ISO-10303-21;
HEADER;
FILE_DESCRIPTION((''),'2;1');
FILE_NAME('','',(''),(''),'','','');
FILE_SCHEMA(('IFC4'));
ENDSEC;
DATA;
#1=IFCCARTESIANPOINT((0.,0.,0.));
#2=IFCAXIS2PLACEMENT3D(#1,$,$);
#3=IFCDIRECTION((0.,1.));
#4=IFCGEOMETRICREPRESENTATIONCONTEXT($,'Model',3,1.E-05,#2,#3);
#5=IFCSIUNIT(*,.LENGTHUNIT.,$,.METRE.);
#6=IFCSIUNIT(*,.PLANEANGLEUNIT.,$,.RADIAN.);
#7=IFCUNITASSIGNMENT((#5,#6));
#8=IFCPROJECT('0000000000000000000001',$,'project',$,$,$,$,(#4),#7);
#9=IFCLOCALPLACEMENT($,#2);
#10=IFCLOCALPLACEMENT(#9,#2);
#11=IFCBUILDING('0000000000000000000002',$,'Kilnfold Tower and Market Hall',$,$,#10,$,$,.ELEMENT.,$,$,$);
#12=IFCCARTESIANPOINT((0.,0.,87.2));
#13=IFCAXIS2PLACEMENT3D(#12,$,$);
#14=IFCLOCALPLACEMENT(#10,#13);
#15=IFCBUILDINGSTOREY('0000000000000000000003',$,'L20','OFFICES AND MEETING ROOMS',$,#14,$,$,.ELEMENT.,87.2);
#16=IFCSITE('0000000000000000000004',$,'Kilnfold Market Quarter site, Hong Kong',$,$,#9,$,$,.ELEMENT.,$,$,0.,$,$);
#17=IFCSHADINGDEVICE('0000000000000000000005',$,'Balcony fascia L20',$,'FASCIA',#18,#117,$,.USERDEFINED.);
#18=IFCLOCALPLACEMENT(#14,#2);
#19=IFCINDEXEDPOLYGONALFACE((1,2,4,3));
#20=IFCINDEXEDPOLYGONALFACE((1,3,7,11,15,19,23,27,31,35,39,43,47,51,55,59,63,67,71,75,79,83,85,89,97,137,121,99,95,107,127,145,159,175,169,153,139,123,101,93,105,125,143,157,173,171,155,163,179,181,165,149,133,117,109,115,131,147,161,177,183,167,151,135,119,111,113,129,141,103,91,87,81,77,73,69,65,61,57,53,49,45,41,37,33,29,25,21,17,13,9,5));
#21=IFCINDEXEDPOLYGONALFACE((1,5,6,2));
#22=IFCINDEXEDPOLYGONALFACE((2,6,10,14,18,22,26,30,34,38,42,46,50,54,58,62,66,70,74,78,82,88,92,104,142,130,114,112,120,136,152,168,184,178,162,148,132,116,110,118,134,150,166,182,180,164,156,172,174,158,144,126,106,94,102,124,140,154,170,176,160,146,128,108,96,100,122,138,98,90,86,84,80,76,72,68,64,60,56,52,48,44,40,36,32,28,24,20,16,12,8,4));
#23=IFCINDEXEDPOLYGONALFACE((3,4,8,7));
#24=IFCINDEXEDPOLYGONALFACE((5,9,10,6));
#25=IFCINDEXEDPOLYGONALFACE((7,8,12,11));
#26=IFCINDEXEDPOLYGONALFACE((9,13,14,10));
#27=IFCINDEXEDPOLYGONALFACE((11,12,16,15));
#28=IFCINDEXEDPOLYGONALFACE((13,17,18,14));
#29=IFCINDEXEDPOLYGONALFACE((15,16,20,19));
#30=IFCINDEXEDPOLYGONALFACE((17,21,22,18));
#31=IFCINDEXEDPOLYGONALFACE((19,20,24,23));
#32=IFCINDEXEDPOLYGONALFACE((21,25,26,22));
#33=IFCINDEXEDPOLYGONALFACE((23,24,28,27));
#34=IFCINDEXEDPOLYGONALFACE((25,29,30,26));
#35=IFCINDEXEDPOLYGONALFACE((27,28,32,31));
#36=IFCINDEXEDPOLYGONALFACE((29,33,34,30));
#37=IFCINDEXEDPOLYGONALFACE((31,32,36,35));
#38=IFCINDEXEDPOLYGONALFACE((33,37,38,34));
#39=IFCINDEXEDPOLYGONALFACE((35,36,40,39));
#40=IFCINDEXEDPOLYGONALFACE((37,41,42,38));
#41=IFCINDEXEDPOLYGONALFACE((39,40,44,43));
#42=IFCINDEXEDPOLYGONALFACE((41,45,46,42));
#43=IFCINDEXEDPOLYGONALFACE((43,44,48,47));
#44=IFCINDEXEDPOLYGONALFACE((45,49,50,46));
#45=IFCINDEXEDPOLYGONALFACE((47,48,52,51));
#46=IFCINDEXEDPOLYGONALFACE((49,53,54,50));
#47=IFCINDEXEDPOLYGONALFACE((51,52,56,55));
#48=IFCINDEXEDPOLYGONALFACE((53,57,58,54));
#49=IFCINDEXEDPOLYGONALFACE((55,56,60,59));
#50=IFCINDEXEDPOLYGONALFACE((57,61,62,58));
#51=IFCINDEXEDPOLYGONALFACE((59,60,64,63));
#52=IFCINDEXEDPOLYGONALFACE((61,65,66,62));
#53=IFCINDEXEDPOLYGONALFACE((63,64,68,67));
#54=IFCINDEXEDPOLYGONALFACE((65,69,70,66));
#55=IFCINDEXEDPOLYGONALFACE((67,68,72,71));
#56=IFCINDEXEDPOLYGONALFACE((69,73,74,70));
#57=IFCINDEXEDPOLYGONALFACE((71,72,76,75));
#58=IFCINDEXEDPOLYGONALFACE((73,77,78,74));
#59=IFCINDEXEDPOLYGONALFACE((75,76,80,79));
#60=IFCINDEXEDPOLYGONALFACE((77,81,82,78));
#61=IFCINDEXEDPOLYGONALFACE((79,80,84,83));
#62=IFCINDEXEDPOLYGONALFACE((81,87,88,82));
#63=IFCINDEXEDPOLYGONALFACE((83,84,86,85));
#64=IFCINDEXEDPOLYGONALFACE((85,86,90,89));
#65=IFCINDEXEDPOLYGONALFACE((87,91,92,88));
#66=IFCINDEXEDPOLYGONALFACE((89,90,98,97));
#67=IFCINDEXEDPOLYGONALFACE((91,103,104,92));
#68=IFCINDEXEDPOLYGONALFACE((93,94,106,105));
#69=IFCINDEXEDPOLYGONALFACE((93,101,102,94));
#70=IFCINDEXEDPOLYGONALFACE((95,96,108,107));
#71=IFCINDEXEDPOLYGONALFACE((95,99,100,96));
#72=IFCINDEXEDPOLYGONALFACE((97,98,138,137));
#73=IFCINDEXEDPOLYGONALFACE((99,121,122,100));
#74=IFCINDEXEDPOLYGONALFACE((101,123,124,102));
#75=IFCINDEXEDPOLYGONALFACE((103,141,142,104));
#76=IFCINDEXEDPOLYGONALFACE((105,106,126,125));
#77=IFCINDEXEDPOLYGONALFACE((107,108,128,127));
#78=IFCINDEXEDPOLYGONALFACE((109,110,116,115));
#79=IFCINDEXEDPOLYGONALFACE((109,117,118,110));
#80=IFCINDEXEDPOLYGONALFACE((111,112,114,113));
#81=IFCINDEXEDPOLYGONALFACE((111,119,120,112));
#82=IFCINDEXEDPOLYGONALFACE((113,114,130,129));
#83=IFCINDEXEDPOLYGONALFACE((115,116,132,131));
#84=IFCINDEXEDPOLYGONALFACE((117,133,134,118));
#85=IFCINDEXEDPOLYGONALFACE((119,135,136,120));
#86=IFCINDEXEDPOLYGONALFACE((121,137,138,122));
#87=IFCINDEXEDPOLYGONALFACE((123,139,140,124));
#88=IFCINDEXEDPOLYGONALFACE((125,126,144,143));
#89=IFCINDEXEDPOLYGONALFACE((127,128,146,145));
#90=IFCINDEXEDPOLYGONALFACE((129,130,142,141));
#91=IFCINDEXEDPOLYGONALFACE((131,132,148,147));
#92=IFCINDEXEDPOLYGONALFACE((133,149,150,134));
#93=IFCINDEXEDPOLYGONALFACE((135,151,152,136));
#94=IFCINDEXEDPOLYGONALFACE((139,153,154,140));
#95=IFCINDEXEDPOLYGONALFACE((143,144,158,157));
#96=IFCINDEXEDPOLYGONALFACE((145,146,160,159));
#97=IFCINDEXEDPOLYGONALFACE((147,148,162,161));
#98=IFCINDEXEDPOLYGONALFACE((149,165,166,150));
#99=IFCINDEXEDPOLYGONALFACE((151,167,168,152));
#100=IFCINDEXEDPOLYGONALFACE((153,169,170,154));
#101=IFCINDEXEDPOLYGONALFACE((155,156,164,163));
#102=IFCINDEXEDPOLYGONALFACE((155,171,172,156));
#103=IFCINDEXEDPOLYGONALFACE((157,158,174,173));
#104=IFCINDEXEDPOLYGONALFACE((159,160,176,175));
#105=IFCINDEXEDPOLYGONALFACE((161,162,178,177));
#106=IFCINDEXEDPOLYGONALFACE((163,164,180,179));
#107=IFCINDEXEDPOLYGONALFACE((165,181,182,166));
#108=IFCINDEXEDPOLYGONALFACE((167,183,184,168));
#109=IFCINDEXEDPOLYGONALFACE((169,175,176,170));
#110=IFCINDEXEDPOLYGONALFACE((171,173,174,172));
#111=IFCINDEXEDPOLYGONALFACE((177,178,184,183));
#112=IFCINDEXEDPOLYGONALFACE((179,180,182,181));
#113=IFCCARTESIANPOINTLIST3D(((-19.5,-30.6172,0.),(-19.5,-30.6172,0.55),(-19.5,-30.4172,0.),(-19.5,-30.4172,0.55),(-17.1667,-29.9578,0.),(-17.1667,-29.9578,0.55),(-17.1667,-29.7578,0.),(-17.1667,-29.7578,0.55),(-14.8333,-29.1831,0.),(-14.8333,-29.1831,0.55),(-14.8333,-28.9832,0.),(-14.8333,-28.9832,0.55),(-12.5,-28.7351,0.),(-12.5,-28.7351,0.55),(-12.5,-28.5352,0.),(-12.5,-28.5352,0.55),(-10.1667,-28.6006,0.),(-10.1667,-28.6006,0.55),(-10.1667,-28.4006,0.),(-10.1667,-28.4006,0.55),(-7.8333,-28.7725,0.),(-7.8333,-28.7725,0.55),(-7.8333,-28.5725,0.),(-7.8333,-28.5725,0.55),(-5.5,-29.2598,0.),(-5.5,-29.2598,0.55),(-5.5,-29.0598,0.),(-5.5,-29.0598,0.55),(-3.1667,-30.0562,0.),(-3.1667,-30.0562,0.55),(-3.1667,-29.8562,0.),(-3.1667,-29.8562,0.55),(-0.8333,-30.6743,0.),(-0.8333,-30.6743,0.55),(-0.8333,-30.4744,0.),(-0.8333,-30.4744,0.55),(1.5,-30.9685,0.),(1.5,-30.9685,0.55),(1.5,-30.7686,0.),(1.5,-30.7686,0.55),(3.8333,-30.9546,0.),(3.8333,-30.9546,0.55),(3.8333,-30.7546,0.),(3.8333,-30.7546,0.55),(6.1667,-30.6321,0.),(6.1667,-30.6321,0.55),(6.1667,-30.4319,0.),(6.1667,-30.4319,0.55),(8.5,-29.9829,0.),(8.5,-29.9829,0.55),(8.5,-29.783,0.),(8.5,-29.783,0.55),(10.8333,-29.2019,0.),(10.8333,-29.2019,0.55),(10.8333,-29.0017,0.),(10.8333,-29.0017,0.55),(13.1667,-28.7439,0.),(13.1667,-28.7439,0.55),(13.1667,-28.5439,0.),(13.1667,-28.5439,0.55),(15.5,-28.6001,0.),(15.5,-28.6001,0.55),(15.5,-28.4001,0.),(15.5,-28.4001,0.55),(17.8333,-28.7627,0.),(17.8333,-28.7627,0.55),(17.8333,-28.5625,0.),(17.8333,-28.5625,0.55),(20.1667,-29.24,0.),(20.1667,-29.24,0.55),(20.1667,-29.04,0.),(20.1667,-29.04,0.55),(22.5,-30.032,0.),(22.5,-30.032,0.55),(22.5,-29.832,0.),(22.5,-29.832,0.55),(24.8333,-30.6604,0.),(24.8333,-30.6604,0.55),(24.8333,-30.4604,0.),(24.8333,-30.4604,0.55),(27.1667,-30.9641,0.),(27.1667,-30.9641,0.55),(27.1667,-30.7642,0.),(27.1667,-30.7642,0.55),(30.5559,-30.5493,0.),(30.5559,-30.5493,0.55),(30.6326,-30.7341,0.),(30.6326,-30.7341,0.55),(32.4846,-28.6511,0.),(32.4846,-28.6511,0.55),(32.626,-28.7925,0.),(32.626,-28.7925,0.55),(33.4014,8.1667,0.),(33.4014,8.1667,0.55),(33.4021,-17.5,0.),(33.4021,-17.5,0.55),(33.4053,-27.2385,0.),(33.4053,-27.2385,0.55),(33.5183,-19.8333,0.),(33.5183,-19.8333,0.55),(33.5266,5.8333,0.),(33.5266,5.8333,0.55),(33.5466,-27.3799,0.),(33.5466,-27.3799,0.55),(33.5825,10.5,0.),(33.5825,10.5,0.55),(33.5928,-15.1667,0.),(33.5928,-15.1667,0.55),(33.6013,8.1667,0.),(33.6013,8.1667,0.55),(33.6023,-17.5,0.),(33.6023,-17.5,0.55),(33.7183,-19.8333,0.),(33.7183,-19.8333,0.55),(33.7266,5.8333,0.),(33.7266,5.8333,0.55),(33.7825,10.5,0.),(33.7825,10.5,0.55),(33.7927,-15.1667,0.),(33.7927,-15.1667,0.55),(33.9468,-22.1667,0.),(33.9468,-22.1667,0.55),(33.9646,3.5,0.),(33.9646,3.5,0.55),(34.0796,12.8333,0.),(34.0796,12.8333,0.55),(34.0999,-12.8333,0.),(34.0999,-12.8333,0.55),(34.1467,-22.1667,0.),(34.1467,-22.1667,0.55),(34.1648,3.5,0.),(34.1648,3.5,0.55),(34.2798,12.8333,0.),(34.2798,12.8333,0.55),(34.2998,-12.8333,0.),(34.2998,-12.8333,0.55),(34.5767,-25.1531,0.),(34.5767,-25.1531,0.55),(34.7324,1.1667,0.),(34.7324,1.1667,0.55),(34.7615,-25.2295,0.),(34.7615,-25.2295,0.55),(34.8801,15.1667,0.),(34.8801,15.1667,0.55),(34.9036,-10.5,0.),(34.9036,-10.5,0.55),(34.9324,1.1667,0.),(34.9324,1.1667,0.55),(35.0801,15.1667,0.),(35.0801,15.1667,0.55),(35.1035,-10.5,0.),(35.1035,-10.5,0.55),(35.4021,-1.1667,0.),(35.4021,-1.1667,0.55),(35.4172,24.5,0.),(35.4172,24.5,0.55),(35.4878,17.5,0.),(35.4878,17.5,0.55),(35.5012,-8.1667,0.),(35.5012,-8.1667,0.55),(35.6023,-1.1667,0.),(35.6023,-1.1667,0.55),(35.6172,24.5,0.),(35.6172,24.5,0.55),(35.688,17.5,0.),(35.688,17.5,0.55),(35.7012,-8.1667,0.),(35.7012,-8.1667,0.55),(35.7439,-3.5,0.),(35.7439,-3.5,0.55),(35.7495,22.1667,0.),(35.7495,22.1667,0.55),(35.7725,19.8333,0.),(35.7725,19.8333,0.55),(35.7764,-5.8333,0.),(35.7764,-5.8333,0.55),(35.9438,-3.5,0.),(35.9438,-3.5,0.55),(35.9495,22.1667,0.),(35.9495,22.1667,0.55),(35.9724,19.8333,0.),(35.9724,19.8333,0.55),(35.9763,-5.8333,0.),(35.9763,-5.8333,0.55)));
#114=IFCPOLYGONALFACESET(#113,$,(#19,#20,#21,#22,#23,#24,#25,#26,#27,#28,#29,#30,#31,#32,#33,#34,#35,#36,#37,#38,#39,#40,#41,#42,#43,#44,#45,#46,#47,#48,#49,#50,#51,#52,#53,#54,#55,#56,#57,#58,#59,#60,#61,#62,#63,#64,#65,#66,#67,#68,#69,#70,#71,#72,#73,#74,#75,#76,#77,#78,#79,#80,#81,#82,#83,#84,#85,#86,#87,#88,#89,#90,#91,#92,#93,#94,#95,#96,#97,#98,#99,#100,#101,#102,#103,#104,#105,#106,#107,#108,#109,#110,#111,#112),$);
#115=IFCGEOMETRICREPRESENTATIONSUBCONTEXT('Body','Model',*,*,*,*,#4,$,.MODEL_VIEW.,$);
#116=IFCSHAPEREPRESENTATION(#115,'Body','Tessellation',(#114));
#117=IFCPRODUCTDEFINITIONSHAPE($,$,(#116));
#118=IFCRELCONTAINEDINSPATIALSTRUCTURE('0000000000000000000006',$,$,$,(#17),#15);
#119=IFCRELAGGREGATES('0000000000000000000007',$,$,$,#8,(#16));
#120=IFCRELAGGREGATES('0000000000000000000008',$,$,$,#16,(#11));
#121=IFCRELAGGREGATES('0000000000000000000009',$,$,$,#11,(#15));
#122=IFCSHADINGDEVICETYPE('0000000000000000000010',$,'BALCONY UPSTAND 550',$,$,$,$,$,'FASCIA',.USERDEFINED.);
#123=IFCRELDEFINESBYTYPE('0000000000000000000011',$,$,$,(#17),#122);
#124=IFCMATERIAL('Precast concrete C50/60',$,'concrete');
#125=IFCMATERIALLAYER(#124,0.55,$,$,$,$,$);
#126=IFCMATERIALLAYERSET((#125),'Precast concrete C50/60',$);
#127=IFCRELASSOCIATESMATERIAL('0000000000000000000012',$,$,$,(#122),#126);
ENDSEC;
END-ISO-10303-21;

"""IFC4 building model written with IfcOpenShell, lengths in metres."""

from ifc_helpers import new_model, si_unit, direction, frame, origin, place, context, subcontext, project, spatial, polyline, outline, extrude, source, transform, mapped, material, layer, layer_set, type_object, element, save


model = new_model("IFC4")

# Units and contexts
model_context = context("Model", 3, precision=1e-05, world=origin(), true_north=direction((0.0, 1.0)))
body_context = subcontext(model_context, "Body", "Model", "MODEL_VIEW")
ifc_project = project(units=[si_unit("LENGTHUNIT", "METRE"), si_unit("PLANEANGLEUNIT", "RADIAN")], contexts=[model_context])

# Site, building, storey
site_placement = place(None, origin())
site = spatial("IfcSite", under=ifc_project, at=site_placement, Name="Kilnfold Market Quarter site, Hong Kong", CompositionType="ELEMENT", RefElevation=0.0)
building_placement = place(site_placement, origin())
building = spatial("IfcBuilding", under=site, at=building_placement, Name="Kilnfold Tower and Market Hall", CompositionType="ELEMENT")
storey_placement = place(building_placement, frame((0.0, 0.0, 87.2)))
storey = spatial("IfcBuildingStorey", under=building, at=storey_placement, Name="L20", Description="OFFICES AND MEETING ROOMS", CompositionType="ELEMENT", Elevation=87.2)

# Shading device
ifc_material_1 = material(Name="Precast concrete C50/60", Category="concrete")
ifc_layer_1 = layer(ifc_material_1, 0.55)
ifc_layer_set_1 = layer_set([ifc_layer_1], Name="Precast concrete C50/60")
shading_device_type_1 = type_object("IfcShadingDeviceType", Name="BALCONY UPSTAND 550", ElementType="FASCIA", PredefinedType="USERDEFINED", material=ifc_layer_set_1)
shared_shape_1 = source(origin(), body_context, "Body", "SweptSolid", [
    extrude(outline(polyline([(-19.5, -30.6172), (-17.1667, -29.9578), (-14.8333, -29.1831), (-12.5, -28.7351), (-10.1667, -28.6006), (-7.8333, -28.7725), (-5.5, -29.2598), (-3.1667, -30.0562), (-0.8333, -30.6743), (1.5, -30.9685), (3.8333, -30.9546), (6.1667, -30.6321), (8.5, -29.9829), (10.8333, -29.2019), (13.1667, -28.7439), (15.5, -28.6001), (17.8333, -28.7627), (20.1667, -29.24), (22.5, -30.032), (24.8333, -30.6604), (27.1667, -30.9641), (30.6326, -30.7341), (32.626, -28.7925), (33.5466, -27.3799), (34.7615, -25.2295), (34.1467, -22.1667), (33.7183, -19.8333), (33.6023, -17.5), (33.7927, -15.1667), (34.2998, -12.8333), (35.1035, -10.5), (35.7012, -8.1667), (35.9763, -5.8333), (35.9438, -3.5), (35.6023, -1.1667), (34.9324, 1.1667), (34.1648, 3.5), (33.7266, 5.8333), (33.6013, 8.1667), (33.7825, 10.5), (34.2798, 12.8333), (35.0801, 15.1667), (35.688, 17.5), (35.9724, 19.8333), (35.9495, 22.1667), (35.6172, 24.5), (35.4172, 24.5), (35.7495, 22.1667), (35.7725, 19.8333), (35.4878, 17.5), (34.8801, 15.1667), (34.0796, 12.8333), (33.5825, 10.5), (33.4014, 8.1667), (33.5266, 5.8333), (33.9646, 3.5), (34.7324, 1.1667), (35.4021, -1.1667), (35.7439, -3.5), (35.7764, -5.8333), (35.5012, -8.1667), (34.9036, -10.5), (34.0999, -12.8333), (33.5928, -15.1667), (33.4021, -17.5), (33.5183, -19.8333), (33.9468, -22.1667), (34.5767, -25.1531), (33.4053, -27.2385), (32.4846, -28.6511), (30.5559, -30.5493), (27.1667, -30.7642), (24.8333, -30.4604), (22.5, -29.832), (20.1667, -29.04), (17.8333, -28.5625), (15.5, -28.4001), (13.1667, -28.5439), (10.8333, -29.0017), (8.5, -29.783), (6.1667, -30.4319), (3.8333, -30.7546), (1.5, -30.7686), (-0.8333, -30.4744), (-3.1667, -29.8562), (-5.5, -29.0598), (-7.8333, -28.5725), (-10.1667, -28.4006), (-12.5, -28.5352), (-14.8333, -28.9832), (-17.1667, -29.7578), (-19.5, -30.4172), (-19.5, -30.6172)])), origin(), (0.0, 0.0, 1.0), 0.55),
])
shading_device_1_placement = place(storey_placement, origin())
element("IfcShadingDevice", 1, at=shading_device_1_placement, inside=storey, type_object=shading_device_type_1, Name="Balcony fascia L20", ObjectType="FASCIA", PredefinedType="USERDEFINED", context=body_context, shape_type="MappedRepresentation", body=[
    mapped(shared_shape_1, transform((0.0, 0.0, 0.0))),
])

save(model, "model.ifc")
